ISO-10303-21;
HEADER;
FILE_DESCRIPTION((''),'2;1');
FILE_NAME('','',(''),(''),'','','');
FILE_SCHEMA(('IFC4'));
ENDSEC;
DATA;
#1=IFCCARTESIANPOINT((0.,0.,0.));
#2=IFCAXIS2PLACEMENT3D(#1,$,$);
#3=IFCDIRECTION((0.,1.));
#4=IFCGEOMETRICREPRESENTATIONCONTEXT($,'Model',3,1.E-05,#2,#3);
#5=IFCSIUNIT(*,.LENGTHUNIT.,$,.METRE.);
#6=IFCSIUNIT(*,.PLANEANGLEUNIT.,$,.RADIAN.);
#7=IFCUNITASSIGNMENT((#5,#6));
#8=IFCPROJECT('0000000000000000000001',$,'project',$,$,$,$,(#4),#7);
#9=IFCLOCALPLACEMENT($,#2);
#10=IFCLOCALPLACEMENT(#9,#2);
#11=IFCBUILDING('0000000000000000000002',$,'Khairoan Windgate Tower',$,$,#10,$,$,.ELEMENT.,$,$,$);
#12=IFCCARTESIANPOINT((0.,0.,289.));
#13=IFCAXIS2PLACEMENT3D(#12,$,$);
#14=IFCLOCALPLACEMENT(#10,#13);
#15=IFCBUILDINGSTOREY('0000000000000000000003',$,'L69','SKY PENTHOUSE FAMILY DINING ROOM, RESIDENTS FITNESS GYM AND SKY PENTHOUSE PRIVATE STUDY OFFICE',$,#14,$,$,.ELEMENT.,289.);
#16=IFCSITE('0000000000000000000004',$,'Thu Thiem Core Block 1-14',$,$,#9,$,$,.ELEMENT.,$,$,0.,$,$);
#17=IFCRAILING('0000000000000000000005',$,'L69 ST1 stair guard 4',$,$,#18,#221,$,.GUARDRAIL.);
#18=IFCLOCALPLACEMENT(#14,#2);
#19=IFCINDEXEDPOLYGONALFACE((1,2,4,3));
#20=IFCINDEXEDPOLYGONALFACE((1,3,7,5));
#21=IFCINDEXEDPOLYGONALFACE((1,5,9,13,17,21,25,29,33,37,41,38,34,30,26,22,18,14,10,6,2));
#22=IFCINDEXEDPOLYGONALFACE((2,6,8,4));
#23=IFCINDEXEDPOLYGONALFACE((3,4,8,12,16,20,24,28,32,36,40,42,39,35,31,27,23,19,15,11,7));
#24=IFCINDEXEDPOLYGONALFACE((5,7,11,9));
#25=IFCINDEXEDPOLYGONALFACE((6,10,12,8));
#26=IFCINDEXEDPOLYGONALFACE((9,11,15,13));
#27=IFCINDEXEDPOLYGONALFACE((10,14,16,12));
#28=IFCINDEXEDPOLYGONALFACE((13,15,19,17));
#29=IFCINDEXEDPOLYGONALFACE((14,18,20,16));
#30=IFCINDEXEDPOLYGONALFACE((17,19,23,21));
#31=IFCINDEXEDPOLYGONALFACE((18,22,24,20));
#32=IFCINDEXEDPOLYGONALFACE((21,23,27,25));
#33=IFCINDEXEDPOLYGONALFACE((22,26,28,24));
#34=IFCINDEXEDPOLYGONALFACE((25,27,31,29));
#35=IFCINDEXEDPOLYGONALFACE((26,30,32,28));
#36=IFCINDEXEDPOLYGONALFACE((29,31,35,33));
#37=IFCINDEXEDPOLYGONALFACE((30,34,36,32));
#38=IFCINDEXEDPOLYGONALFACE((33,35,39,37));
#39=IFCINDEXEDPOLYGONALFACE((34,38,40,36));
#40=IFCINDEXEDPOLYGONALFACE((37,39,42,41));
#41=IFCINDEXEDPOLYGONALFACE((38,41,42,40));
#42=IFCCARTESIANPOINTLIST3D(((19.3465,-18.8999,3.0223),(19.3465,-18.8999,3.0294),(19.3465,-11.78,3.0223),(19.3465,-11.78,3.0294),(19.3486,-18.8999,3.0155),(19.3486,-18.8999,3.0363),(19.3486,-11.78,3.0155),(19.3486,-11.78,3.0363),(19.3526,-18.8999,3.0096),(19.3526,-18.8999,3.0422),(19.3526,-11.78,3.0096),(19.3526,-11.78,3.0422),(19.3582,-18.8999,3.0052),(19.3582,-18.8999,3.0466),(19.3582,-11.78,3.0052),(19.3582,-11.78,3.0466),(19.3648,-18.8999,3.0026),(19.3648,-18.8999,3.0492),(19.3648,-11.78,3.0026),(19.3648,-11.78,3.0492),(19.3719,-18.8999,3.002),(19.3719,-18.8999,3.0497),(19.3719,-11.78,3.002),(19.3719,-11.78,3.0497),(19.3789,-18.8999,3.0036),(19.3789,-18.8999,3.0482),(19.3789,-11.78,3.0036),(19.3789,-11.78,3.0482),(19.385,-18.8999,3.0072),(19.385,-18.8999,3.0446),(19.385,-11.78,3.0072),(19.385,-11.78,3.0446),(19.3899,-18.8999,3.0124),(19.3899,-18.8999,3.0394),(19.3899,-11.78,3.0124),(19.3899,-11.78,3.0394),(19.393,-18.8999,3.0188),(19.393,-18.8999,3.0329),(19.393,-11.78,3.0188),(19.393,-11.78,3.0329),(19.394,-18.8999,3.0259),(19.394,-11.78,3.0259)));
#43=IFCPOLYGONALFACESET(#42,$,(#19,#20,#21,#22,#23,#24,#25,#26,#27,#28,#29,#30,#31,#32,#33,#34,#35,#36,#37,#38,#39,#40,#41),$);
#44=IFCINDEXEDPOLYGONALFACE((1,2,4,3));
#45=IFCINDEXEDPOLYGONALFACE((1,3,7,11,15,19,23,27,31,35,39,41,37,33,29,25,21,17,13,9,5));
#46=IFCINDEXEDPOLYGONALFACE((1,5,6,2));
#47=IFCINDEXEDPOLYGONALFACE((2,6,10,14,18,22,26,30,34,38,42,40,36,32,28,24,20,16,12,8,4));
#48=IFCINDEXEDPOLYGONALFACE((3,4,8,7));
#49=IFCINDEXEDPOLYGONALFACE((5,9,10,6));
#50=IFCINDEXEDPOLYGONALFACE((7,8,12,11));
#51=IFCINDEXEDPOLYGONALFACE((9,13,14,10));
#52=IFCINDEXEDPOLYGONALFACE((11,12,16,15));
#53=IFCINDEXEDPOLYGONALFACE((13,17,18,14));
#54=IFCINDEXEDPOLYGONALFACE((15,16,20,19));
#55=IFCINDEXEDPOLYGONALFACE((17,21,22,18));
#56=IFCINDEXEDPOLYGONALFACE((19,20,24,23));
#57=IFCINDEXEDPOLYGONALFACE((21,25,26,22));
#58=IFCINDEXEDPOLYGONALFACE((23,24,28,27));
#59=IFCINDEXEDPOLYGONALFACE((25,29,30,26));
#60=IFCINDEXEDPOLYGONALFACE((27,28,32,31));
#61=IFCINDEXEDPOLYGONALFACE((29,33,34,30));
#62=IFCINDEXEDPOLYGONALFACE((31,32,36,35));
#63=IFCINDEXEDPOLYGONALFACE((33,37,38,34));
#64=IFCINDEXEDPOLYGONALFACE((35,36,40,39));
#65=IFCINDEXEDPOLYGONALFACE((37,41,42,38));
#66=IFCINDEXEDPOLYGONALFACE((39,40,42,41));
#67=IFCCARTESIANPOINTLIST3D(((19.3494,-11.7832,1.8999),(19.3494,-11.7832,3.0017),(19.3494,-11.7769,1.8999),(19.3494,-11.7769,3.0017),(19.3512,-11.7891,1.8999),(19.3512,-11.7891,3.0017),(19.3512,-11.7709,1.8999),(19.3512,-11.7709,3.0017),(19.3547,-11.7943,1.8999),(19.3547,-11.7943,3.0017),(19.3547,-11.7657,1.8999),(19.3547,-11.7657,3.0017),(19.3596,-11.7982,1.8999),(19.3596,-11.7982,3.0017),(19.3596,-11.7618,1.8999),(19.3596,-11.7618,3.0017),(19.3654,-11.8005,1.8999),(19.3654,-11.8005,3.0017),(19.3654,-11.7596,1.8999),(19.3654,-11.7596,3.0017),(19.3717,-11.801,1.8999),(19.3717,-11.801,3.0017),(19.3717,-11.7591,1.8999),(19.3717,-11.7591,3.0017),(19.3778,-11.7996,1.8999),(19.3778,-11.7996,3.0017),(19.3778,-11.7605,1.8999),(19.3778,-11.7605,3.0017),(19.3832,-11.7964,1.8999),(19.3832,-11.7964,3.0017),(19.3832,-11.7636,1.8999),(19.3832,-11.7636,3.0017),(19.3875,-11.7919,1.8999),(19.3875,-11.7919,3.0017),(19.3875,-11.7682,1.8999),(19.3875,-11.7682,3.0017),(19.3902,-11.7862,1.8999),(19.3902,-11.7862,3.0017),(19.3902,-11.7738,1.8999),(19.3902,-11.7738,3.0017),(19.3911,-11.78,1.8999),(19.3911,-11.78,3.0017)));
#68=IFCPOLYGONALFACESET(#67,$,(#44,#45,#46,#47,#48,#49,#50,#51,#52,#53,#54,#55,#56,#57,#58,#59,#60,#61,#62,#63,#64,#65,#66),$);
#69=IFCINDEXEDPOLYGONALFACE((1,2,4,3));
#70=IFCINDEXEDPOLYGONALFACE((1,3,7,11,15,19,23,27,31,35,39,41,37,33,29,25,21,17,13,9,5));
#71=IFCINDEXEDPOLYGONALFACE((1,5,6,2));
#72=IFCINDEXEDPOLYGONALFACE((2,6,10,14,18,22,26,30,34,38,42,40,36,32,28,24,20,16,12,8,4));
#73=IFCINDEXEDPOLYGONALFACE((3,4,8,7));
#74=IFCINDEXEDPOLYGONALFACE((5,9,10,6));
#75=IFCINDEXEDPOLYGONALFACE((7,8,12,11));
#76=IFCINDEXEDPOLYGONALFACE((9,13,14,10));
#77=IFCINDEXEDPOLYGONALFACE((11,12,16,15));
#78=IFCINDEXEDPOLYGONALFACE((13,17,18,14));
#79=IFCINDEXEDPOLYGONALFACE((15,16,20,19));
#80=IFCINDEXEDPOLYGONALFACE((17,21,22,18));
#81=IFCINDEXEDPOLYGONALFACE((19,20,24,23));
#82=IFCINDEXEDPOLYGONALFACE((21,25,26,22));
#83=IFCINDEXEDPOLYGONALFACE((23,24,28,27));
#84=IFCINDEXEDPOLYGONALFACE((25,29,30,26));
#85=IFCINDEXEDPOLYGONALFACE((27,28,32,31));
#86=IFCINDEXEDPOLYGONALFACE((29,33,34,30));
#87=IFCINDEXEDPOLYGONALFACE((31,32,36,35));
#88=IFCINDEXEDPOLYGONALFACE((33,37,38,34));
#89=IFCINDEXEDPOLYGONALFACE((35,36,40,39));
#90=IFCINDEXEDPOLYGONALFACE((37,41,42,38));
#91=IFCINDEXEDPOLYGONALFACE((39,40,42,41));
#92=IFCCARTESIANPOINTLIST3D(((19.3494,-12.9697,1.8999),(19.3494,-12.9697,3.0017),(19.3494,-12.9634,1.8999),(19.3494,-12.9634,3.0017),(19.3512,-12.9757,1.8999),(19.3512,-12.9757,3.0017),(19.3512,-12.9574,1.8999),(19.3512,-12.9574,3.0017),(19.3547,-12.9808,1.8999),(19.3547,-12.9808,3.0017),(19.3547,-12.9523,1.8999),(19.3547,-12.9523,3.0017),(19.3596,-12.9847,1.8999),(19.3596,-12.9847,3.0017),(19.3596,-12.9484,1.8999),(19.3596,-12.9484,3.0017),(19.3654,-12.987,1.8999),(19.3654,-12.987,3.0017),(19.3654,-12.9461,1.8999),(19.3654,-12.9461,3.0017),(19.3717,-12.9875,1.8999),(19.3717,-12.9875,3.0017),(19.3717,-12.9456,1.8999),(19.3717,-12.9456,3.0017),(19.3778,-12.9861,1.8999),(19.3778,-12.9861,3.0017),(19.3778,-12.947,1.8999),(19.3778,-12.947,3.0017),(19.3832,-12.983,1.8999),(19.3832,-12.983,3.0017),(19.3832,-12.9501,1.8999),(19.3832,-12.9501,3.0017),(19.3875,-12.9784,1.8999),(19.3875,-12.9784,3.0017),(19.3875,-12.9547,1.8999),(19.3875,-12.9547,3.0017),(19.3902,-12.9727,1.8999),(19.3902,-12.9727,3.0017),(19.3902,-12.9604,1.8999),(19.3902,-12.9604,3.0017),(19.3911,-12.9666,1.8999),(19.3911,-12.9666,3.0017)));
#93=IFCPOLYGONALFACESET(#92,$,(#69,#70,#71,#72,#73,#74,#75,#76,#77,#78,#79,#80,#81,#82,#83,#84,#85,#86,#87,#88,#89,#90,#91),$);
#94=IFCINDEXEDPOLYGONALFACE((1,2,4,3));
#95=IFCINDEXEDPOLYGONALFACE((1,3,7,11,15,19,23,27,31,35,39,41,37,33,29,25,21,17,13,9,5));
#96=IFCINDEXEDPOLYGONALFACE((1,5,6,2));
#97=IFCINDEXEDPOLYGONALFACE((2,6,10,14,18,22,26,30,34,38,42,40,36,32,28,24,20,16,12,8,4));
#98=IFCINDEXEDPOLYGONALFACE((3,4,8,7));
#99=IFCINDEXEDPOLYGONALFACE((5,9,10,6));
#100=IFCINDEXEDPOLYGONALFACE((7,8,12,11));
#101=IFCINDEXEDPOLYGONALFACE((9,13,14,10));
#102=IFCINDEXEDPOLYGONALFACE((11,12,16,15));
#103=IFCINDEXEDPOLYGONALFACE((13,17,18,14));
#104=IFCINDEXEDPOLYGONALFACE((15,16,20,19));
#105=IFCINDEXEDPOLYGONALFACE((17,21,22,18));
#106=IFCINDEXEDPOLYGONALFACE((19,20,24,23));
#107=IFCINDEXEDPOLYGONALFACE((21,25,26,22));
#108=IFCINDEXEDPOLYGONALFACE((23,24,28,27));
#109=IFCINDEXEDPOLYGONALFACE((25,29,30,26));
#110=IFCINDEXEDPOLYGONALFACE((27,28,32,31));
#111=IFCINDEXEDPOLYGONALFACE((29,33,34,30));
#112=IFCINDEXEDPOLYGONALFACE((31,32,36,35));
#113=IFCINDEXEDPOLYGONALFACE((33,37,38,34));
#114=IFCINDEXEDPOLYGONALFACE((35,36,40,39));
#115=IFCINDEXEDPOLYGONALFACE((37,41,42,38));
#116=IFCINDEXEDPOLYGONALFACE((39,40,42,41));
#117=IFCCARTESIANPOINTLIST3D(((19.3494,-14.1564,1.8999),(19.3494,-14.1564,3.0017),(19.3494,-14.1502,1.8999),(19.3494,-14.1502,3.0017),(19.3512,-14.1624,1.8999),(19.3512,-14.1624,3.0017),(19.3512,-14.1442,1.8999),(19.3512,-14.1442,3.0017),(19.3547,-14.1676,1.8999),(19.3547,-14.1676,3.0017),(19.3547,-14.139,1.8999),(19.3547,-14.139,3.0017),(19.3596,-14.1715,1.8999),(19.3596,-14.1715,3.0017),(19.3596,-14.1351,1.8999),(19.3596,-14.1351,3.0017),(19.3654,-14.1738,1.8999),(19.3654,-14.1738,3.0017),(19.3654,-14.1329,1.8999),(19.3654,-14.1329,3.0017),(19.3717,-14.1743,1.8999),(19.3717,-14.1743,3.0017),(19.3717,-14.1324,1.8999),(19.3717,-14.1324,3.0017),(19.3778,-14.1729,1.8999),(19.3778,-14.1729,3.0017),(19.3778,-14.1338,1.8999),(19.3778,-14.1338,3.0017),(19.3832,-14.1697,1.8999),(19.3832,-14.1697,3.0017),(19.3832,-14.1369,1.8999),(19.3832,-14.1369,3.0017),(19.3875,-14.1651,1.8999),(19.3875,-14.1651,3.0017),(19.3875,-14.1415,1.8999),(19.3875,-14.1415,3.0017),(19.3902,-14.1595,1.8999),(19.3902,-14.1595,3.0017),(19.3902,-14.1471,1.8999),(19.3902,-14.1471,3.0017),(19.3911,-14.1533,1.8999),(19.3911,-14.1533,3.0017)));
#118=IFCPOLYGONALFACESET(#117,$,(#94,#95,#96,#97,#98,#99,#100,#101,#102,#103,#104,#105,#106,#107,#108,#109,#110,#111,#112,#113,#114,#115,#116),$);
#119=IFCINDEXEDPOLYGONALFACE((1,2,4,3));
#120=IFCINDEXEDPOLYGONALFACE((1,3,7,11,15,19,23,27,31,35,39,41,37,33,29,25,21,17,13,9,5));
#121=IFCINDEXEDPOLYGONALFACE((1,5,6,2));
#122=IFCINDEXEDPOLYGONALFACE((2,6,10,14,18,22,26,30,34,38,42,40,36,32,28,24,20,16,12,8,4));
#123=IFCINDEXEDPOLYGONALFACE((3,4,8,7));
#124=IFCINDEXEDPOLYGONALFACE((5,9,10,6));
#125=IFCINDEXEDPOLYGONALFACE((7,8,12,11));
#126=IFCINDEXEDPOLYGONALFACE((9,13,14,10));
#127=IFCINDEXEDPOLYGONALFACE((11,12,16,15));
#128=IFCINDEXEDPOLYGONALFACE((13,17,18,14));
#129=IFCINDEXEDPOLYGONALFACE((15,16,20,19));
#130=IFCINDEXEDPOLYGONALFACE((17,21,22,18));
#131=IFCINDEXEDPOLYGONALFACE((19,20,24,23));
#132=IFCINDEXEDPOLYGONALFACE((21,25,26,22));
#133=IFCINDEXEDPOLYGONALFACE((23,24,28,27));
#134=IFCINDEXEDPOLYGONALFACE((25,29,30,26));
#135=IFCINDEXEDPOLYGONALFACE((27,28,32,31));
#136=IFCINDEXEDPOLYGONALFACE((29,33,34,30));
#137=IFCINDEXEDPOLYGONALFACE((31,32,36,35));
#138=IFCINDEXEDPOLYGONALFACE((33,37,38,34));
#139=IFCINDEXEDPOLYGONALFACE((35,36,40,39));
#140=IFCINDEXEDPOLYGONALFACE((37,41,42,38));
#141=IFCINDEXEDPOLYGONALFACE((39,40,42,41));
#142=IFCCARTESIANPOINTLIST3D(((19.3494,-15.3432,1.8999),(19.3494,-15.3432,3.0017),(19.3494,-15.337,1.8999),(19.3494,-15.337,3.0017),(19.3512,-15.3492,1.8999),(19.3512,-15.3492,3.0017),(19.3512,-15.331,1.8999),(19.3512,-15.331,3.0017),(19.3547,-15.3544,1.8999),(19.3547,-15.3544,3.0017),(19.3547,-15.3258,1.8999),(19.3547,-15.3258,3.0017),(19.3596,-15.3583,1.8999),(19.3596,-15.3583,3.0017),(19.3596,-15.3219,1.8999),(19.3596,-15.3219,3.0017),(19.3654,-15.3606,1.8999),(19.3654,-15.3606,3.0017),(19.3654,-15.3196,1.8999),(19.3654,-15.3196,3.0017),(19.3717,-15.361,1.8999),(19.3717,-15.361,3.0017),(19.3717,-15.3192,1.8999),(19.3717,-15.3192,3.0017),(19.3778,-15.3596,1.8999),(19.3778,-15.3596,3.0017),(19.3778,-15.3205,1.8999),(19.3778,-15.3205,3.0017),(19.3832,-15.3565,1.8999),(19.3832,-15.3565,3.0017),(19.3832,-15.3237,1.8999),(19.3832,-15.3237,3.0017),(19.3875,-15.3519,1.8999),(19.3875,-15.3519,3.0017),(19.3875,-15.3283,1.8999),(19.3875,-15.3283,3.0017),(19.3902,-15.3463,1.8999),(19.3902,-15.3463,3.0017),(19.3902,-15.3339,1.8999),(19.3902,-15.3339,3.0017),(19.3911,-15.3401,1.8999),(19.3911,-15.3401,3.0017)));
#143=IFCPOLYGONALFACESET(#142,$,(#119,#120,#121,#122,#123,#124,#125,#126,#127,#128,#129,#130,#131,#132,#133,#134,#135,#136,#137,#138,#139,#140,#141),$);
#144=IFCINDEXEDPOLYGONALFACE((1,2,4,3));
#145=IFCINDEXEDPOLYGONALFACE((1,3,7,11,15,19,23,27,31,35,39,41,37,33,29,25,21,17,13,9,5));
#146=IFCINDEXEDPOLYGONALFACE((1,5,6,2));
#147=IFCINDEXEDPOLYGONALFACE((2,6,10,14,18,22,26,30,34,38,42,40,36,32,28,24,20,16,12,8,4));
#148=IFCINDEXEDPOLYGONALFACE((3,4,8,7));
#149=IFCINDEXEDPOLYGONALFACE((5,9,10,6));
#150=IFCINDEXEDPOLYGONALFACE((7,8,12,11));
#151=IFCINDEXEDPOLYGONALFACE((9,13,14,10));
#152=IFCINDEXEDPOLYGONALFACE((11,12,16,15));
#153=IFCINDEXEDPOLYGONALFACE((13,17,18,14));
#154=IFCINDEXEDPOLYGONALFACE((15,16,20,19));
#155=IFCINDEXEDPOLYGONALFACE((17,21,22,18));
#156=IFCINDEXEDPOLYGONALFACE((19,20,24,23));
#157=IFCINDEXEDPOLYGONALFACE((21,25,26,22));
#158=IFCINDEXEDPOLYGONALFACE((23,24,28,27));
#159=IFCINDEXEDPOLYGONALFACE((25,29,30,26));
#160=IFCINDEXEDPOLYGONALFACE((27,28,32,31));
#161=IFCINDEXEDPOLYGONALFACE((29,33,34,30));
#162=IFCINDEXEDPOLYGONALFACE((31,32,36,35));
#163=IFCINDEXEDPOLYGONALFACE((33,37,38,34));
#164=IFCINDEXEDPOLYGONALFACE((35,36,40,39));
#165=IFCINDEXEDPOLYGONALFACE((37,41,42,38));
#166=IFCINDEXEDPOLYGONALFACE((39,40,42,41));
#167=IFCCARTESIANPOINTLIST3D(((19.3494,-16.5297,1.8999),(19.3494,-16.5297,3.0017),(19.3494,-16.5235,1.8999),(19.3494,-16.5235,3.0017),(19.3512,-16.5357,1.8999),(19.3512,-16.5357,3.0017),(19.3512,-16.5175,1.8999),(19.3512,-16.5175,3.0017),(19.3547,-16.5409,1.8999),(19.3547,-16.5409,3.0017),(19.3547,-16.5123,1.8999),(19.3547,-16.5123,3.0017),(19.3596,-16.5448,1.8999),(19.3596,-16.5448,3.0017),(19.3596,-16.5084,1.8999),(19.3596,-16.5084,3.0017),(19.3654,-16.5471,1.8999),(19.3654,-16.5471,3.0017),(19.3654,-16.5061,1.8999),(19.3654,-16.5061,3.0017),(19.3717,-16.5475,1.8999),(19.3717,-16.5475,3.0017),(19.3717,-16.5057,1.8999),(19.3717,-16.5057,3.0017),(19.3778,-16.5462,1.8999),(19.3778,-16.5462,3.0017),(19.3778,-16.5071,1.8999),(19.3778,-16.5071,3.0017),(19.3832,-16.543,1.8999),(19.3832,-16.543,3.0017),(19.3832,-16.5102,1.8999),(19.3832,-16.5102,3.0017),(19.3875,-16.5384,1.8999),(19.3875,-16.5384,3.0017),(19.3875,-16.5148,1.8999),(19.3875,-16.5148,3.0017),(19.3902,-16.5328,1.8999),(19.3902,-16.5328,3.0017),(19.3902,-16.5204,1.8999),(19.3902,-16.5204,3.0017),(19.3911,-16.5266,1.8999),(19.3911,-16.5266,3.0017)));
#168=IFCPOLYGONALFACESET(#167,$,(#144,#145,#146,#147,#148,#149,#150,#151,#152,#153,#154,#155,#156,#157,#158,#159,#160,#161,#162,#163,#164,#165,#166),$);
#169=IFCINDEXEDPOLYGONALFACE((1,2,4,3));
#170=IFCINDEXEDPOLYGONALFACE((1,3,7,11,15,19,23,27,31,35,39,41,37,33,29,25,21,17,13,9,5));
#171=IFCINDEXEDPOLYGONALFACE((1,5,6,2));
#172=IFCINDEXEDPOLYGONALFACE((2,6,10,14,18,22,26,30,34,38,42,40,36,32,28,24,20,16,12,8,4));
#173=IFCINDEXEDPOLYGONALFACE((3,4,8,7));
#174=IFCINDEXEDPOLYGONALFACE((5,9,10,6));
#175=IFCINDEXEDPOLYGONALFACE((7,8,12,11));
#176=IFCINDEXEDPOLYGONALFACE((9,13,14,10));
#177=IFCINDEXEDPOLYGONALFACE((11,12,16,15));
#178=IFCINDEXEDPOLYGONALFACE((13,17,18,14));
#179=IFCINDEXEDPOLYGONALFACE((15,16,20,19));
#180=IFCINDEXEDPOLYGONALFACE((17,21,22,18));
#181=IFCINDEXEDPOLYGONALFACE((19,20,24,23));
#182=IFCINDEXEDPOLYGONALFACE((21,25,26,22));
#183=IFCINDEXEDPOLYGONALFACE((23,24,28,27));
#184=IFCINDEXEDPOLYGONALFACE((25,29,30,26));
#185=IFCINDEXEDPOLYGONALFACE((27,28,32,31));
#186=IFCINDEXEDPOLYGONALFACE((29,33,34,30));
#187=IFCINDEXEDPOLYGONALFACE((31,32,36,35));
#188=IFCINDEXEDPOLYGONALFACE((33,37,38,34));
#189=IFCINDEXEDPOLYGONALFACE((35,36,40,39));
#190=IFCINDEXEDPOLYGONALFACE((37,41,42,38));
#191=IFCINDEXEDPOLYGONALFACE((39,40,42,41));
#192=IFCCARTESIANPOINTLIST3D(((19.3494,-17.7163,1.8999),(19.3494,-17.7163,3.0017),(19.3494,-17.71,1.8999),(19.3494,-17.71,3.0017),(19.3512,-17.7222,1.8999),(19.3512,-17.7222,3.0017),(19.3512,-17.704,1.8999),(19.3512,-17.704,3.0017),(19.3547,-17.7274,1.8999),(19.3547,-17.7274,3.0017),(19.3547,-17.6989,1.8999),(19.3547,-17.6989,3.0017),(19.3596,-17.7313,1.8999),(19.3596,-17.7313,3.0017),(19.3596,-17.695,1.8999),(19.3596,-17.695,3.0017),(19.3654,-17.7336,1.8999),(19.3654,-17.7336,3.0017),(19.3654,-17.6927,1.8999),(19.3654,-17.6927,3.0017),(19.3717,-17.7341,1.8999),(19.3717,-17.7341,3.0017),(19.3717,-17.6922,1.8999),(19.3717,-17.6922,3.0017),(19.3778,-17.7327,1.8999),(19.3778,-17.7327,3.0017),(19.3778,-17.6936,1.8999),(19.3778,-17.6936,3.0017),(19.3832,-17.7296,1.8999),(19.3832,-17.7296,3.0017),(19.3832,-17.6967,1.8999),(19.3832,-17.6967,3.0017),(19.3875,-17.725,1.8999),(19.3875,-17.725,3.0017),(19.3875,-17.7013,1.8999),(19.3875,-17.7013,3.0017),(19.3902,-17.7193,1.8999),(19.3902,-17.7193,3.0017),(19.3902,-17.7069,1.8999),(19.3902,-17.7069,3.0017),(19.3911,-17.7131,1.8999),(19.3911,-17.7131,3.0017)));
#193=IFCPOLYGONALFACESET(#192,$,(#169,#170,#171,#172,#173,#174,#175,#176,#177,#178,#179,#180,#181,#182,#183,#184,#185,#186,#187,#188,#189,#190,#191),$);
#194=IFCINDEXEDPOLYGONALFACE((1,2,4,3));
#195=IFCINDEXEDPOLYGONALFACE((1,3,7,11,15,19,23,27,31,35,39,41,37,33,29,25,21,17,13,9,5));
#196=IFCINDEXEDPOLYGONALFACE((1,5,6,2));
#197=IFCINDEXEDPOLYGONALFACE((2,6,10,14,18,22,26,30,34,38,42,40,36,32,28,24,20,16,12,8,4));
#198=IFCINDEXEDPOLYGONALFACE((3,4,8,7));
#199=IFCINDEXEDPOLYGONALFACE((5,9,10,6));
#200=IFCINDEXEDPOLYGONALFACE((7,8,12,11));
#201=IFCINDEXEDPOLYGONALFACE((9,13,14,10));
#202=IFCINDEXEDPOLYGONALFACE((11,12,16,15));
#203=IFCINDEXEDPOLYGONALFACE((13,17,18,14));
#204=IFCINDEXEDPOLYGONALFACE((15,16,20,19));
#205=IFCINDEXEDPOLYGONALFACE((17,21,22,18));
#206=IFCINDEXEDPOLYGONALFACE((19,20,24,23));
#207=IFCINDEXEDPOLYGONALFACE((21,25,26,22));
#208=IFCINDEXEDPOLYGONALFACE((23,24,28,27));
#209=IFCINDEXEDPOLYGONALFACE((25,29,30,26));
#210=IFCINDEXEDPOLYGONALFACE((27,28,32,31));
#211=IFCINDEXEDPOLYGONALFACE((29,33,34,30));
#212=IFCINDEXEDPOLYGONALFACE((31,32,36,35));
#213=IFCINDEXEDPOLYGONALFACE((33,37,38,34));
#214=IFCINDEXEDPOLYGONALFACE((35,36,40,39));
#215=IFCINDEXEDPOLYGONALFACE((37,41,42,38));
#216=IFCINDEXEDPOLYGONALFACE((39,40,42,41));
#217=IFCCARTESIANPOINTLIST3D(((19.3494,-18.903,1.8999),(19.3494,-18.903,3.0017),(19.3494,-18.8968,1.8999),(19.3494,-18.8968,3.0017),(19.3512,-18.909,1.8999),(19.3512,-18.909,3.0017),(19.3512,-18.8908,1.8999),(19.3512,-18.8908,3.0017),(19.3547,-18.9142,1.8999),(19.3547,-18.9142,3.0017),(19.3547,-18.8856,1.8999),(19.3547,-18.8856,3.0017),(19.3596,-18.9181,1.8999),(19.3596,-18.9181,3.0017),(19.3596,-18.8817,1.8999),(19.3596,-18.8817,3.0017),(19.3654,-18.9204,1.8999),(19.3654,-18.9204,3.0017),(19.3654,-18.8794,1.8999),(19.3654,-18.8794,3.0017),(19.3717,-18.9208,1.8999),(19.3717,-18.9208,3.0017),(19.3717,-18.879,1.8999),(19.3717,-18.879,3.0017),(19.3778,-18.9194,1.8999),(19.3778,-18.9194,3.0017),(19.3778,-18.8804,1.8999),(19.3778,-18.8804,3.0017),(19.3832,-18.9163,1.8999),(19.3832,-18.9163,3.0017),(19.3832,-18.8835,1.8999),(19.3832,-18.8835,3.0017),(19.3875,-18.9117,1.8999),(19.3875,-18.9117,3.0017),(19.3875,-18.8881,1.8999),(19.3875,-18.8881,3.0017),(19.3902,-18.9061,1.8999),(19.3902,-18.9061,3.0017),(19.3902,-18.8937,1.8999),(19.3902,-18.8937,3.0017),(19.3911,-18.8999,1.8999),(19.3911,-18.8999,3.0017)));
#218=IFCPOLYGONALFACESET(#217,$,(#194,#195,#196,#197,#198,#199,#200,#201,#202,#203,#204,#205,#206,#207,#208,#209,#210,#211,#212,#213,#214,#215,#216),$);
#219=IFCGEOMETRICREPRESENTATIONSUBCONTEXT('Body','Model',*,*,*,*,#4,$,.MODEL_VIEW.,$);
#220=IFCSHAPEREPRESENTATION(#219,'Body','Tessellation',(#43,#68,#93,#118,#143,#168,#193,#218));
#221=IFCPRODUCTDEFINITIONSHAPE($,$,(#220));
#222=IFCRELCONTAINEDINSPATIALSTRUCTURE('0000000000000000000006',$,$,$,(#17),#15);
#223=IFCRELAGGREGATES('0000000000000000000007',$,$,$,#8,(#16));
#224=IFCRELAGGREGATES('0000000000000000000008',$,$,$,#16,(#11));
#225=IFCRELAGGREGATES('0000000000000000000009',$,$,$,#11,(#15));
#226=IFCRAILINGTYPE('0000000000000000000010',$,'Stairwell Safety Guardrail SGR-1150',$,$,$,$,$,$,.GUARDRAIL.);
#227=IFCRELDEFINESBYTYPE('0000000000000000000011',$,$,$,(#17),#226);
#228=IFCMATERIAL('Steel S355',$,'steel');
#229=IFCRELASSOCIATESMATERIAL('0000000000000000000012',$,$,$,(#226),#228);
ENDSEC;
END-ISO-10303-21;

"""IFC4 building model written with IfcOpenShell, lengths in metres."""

from ifc_helpers import new_model, si_unit, direction, frame, origin, origin_2d, place, context, subcontext, project, spatial, circle, extrude, material, type_object, element, save


model = new_model("IFC4")

# Units and contexts
model_context = context("Model", 3, precision=1e-05, world=origin(), true_north=direction((0.0, 1.0)))
body_context = subcontext(model_context, "Body", "Model", "MODEL_VIEW")
ifc_project = project(units=[si_unit("LENGTHUNIT", "METRE"), si_unit("PLANEANGLEUNIT", "RADIAN")], contexts=[model_context])

# Site, building, storey
site_placement = place(None, origin())
site = spatial("IfcSite", under=ifc_project, at=site_placement, Name="Thu Thiem Core Block 1-14", CompositionType="ELEMENT", RefElevation=0.0)
building_placement = place(site_placement, origin())
building = spatial("IfcBuilding", under=site, at=building_placement, Name="Khairoan Windgate Tower", CompositionType="ELEMENT")
storey_placement = place(building_placement, frame((0.0, 0.0, 289.0)))
storey = spatial("IfcBuildingStorey", under=building, at=storey_placement, Name="L69", Description="SKY PENTHOUSE FAMILY DINING ROOM, RESIDENTS FITNESS GYM AND SKY PENTHOUSE PRIVATE STUDY OFFICE", CompositionType="ELEMENT", Elevation=289.0)

# Railing
ifc_material_1 = material(Name="Steel S355", Category="steel")
railing_type_1 = type_object("IfcRailingType", Name="Stairwell Safety Guardrail SGR-1150", PredefinedType="GUARDRAIL", material=ifc_material_1)
railing_1_placement = place(storey_placement, frame((19.3701, -11.78, 1.8999)))
element("IfcRailing", 1, at=railing_1_placement, inside=storey, type_object=railing_type_1, Name="L69 ST1 stair guard 4", PredefinedType="GUARDRAIL", context=body_context, shape_type="SweptSolid", body=[
    extrude(circle(Radius=0.0239, at=origin_2d()), frame((0.0, 0.0, 1.126), z_axis=(0.0, -1.0, 0.0), x_axis=(1.0, 0.0, 0.0)), (0.0, 0.0, 1.0), 7.1199),
    extrude(circle(Radius=0.021, at=origin_2d()), origin(), (0.0, 0.0, 1.0), 1.1018),
    extrude(circle(Radius=0.021, at=origin_2d()), frame((0.0, -1.1865, 0.0)), (0.0, 0.0, 1.0), 1.1018),
    extrude(circle(Radius=0.021, at=origin_2d()), frame((0.0, -2.3733, 0.0)), (0.0, 0.0, 1.0), 1.1018),
    extrude(circle(Radius=0.021, at=origin_2d()), frame((0.0, -3.5601, 0.0)), (0.0, 0.0, 1.0), 1.1018),
    extrude(circle(Radius=0.021, at=origin_2d()), frame((0.0, -4.7466, 0.0)), (0.0, 0.0, 1.0), 1.1018),
    extrude(circle(Radius=0.021, at=origin_2d()), frame((0.0, -5.9331, 0.0)), (0.0, 0.0, 1.0), 1.1018),
    extrude(circle(Radius=0.021, at=origin_2d()), frame((0.0, -7.1199, 0.0)), (0.0, 0.0, 1.0), 1.1018),
])

save(model, "model.ifc")
